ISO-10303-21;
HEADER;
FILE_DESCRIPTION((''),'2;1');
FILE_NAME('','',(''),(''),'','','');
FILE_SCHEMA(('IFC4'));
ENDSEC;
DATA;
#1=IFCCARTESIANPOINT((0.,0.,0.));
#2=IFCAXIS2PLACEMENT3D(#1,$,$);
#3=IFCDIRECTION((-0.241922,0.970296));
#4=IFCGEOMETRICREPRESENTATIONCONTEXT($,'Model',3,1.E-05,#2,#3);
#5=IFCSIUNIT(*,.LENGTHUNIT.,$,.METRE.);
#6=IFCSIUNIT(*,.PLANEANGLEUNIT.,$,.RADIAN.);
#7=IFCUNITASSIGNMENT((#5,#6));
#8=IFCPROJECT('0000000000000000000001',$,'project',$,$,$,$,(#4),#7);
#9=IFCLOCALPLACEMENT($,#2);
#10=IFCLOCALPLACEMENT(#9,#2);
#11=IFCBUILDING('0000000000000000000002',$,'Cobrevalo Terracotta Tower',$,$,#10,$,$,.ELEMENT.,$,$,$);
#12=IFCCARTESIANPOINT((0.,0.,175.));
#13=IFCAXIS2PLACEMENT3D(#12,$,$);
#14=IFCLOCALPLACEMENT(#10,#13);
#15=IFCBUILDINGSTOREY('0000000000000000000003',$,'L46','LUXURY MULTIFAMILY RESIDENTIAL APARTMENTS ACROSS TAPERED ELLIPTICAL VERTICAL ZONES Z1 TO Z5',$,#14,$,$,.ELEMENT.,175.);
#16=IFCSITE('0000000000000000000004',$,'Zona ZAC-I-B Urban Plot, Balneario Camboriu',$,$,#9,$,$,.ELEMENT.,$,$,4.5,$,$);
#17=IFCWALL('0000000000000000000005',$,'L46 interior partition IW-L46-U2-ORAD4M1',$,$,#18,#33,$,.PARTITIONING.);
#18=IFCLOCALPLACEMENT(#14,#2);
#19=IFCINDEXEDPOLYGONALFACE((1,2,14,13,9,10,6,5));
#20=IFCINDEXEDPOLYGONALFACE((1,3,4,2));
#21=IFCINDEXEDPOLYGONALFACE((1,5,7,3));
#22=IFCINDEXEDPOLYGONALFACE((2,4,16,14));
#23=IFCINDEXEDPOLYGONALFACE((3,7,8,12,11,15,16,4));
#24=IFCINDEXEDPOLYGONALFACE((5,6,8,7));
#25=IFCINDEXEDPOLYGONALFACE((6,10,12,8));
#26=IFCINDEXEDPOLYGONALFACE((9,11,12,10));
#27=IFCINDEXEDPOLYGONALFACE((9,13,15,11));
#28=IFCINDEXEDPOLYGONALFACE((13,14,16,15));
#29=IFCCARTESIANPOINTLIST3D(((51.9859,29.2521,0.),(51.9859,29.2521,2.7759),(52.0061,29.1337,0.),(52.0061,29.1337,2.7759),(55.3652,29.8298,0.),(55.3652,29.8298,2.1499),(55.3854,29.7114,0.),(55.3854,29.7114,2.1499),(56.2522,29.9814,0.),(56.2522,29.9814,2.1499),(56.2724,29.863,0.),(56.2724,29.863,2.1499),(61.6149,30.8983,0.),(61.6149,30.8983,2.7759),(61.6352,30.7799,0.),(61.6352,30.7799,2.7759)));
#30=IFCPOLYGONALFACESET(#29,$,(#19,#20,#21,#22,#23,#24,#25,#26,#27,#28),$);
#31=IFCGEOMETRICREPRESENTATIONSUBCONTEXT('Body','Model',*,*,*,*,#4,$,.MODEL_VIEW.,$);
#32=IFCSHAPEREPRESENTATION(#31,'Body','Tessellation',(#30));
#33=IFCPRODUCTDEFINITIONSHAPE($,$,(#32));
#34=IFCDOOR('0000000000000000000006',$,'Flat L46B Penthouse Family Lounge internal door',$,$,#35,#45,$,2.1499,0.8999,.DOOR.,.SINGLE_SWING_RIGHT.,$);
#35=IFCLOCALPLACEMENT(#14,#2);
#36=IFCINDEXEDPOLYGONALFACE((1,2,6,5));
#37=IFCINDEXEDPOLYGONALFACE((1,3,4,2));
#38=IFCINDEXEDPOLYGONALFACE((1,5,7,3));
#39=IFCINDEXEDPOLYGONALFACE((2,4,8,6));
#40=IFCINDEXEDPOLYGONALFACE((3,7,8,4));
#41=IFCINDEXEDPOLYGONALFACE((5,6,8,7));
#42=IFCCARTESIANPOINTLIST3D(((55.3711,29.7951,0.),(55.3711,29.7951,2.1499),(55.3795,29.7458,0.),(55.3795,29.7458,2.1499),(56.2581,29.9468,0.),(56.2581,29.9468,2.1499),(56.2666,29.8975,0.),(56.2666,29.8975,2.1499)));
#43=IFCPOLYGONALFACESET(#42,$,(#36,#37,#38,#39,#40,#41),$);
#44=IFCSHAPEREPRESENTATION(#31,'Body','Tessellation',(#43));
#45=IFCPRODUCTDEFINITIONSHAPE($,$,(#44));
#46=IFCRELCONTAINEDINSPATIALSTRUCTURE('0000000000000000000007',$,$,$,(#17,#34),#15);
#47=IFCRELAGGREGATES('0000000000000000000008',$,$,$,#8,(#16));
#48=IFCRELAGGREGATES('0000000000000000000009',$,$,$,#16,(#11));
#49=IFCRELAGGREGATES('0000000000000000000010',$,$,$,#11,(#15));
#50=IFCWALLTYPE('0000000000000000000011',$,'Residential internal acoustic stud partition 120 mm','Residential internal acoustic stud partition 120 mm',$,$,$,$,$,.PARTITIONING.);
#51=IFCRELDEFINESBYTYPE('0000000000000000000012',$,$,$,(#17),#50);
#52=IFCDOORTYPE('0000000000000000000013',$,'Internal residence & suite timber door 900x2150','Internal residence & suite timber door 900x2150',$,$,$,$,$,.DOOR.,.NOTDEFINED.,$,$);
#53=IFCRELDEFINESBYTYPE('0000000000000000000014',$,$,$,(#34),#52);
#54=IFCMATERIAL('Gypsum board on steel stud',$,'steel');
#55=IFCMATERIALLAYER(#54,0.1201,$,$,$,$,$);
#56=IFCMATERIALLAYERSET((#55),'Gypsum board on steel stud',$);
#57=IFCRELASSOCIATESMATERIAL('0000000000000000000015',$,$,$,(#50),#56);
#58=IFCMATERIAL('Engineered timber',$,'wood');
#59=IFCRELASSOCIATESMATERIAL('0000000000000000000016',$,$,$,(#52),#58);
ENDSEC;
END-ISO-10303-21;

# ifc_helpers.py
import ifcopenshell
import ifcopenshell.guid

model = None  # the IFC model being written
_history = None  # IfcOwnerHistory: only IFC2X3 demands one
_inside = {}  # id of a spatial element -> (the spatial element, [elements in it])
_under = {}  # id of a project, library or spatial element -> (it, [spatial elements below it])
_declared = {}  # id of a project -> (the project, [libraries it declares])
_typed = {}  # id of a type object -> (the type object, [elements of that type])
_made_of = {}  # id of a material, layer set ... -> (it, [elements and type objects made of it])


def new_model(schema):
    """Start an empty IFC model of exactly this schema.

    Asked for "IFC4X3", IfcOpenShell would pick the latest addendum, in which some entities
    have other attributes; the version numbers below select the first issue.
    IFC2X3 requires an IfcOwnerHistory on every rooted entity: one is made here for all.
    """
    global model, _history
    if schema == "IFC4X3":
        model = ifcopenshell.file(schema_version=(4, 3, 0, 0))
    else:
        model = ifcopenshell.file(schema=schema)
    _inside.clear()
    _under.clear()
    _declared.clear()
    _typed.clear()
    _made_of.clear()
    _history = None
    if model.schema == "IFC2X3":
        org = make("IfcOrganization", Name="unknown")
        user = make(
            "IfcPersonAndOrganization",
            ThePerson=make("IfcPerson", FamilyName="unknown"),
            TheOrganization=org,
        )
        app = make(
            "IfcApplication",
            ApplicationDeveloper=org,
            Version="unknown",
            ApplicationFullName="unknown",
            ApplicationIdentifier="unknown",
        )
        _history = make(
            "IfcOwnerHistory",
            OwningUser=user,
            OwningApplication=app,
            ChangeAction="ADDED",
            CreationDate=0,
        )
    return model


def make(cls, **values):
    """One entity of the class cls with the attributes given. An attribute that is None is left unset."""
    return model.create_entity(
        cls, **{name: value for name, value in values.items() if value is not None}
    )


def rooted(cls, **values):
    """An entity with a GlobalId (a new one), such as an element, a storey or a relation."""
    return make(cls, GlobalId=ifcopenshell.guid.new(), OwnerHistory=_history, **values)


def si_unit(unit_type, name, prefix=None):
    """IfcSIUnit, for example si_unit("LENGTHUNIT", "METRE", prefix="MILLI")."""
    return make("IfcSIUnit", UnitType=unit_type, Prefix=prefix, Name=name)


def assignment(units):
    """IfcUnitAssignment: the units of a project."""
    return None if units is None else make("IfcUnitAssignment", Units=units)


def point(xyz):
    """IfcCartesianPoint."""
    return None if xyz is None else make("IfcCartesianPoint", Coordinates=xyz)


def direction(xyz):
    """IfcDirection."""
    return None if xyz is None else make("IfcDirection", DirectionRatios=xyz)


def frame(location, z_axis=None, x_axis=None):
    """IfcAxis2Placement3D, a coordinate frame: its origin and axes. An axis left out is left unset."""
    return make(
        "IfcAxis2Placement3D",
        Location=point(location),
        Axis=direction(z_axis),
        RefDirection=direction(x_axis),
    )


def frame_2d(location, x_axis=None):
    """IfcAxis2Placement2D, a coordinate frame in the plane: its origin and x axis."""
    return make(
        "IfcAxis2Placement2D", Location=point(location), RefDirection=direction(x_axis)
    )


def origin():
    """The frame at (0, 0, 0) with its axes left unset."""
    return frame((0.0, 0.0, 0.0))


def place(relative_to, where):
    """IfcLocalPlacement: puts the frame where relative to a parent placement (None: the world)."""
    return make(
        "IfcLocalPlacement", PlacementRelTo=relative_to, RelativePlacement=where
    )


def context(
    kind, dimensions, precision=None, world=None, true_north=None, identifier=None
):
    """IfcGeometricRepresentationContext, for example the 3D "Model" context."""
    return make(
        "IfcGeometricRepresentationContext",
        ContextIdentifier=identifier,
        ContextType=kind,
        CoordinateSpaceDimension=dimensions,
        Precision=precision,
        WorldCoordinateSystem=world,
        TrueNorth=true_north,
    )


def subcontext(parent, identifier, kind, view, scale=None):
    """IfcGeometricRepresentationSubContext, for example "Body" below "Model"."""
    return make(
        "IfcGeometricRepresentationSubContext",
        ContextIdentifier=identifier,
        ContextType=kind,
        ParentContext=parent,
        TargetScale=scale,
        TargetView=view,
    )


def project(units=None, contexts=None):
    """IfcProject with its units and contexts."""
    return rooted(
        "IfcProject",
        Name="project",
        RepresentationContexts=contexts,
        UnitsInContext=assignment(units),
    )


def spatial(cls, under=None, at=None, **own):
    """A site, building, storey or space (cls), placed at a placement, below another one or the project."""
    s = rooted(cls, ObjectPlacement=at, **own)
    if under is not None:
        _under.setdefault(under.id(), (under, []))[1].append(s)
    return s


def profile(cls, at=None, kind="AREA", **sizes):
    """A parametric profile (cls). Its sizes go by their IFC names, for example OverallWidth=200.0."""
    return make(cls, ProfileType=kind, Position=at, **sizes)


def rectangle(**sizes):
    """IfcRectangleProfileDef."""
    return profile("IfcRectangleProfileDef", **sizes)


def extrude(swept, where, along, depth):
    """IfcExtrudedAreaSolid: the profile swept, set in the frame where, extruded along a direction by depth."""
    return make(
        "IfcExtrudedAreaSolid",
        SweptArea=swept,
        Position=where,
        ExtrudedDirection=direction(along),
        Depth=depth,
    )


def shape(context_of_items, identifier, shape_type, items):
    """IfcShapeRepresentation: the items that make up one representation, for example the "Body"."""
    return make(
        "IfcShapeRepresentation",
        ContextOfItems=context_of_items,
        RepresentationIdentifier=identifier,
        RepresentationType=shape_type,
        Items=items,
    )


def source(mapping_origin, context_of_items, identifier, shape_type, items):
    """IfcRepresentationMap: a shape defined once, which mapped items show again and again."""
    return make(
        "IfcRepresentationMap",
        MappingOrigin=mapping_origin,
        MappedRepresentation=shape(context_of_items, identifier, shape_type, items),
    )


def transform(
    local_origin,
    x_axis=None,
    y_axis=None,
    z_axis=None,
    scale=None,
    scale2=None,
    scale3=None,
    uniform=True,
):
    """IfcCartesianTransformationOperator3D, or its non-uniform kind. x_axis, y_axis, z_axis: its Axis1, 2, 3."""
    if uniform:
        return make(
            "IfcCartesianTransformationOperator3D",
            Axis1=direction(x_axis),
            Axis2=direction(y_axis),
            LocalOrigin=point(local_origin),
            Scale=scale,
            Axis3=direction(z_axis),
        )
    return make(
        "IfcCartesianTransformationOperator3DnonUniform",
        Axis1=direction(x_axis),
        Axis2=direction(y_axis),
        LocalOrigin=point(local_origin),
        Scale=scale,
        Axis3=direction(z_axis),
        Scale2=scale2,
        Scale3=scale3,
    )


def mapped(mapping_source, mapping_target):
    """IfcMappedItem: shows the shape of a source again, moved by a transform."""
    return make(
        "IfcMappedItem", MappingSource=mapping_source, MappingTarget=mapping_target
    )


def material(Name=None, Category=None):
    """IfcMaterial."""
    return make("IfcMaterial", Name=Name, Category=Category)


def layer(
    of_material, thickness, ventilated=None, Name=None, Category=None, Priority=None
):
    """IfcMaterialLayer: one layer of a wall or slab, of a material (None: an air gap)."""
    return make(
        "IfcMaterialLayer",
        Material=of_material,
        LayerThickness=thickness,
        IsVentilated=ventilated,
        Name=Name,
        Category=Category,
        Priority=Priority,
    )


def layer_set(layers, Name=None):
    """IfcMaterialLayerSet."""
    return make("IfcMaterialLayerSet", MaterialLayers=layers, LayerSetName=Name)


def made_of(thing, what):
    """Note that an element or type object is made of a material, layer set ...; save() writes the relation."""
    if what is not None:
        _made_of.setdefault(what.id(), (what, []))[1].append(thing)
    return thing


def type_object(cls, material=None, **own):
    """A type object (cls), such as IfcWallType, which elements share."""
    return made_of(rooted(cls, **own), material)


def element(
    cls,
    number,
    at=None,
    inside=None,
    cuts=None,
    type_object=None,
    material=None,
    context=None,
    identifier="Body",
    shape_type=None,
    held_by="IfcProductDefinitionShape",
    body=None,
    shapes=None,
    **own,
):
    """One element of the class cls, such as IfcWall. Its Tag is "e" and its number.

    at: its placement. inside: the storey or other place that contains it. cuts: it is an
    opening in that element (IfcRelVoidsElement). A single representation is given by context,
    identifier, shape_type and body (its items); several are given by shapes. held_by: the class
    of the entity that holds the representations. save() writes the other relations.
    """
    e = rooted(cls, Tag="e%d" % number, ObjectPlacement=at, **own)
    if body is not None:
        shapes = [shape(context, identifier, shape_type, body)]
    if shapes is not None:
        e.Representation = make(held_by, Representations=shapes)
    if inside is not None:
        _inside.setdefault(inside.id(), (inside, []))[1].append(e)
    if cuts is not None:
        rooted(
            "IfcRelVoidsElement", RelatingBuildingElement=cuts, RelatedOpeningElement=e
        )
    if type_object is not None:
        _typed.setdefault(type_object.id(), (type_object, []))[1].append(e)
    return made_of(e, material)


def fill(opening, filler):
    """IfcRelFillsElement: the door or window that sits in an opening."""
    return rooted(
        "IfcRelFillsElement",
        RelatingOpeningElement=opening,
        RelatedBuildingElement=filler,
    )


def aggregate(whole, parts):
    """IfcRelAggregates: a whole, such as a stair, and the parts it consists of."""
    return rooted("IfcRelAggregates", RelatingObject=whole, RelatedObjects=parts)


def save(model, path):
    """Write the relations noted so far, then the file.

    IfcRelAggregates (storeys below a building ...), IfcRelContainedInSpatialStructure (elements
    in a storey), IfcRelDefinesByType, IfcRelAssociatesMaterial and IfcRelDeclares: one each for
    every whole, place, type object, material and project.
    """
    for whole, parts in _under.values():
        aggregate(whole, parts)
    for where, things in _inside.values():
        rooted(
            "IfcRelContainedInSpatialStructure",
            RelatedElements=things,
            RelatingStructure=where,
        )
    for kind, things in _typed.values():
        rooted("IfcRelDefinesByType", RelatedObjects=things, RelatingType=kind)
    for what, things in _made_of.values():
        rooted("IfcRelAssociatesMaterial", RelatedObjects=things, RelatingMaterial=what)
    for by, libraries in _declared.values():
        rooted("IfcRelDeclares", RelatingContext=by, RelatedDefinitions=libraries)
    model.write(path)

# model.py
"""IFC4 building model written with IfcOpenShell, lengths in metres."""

from ifc_helpers import new_model, si_unit, direction, frame, frame_2d, origin, place, context, subcontext, project, spatial, rectangle, extrude, source, transform, mapped, material, layer, layer_set, type_object, element, fill, save


model = new_model("IFC4")

# Units and contexts
model_context = context("Model", 3, precision=1e-05, world=origin(), true_north=direction((-0.241922, 0.970296)))
body_context = subcontext(model_context, "Body", "Model", "MODEL_VIEW")
ifc_project = project(units=[si_unit("LENGTHUNIT", "METRE"), si_unit("PLANEANGLEUNIT", "RADIAN")], contexts=[model_context])

# Site, building, storey
site_placement = place(None, origin())
site = spatial("IfcSite", under=ifc_project, at=site_placement, Name="Zona ZAC-I-B Urban Plot, Balneario Camboriu", CompositionType="ELEMENT", RefElevation=4.5)
building_placement = place(site_placement, origin())
building = spatial("IfcBuilding", under=site, at=building_placement, Name="Cobrevalo Terracotta Tower", CompositionType="ELEMENT")
storey_placement = place(building_placement, frame((0.0, 0.0, 175.0)))
storey = spatial("IfcBuildingStorey", under=building, at=storey_placement, Name="L46", Description="LUXURY MULTIFAMILY RESIDENTIAL APARTMENTS ACROSS TAPERED ELLIPTICAL VERTICAL ZONES Z1 TO Z5", CompositionType="ELEMENT", Elevation=175.0)

# Wall, opening, door
ifc_material_1 = material(Name="Gypsum board on steel stud", Category="steel")
ifc_layer_1 = layer(ifc_material_1, 0.1201)
ifc_layer_set_1 = layer_set([ifc_layer_1], Name="Gypsum board on steel stud")
wall_type = type_object("IfcWallType", Name="Residential internal acoustic stud partition 120 mm", Description="Residential internal acoustic stud partition 120 mm", PredefinedType="PARTITIONING", material=ifc_layer_set_1)
ifc_material_2 = material(Name="Engineered timber", Category="wood")
door_type = type_object("IfcDoorType", Name="Internal residence & suite timber door 900x2150", Description="Internal residence & suite timber door 900x2150", OperationType="NOTDEFINED", PredefinedType="DOOR", material=ifc_material_2)
shared_shape_1 = source(origin(), body_context, "Body", "SweptSolid", [
    extrude(rectangle(XDim=0.8999, YDim=2.1499, at=frame_2d((0.45, 1.075))), frame((0.0, 0.0249, 0.0), z_axis=(0.0, -1.0, 0.0), x_axis=(1.0, 0.0, 0.0)), (0.0, 0.0, 1.0), 0.05),
])
wall_1_placement = place(storey_placement, frame((51.9961, 29.1929, 0.0), z_axis=(0.0, 0.0, 1.0), x_axis=(0.985698, 0.168519, 0.0)))
wall_1 = element("IfcWall", 1, at=wall_1_placement, inside=storey, type_object=wall_type, Name="L46 interior partition IW-L46-U2-ORAD4M1", PredefinedType="PARTITIONING", context=body_context, shape_type="SweptSolid", body=[
    extrude(rectangle(XDim=9.7688, YDim=0.1201, at=frame_2d((4.8843, 0.0))), origin(), (0.0, 0.0, 1.0), 2.7759),
])
opening_1_placement = place(wall_1_placement, frame((3.4282, 0.0, 0.0)))
opening_1 = element("IfcOpeningElement", 2, at=opening_1_placement, cuts=wall_1, PredefinedType="OPENING", context=body_context, shape_type="SweptSolid", body=[
    extrude(rectangle(XDim=0.8999, YDim=2.1499, at=frame_2d((0.45, 1.075))), frame((0.0, 0.0701, 0.0), z_axis=(0.0, -1.0, 0.0), x_axis=(1.0, 0.0, 0.0)), (0.0, 0.0, 1.0), 0.1401),
])
door_1_placement = place(opening_1_placement, origin())
door_1 = element("IfcDoor", 3, at=door_1_placement, inside=storey, type_object=door_type, Name="Flat L46B Penthouse Family Lounge internal door", OperationType="SINGLE_SWING_RIGHT", OverallHeight=2.1499, OverallWidth=0.8999, PredefinedType="DOOR", context=body_context, shape_type="MappedRepresentation", body=[
    mapped(shared_shape_1, transform((0.0, 0.0, 0.0), scale=1.0)),
])
fill(opening_1, door_1)

save(model, "model.ifc")
